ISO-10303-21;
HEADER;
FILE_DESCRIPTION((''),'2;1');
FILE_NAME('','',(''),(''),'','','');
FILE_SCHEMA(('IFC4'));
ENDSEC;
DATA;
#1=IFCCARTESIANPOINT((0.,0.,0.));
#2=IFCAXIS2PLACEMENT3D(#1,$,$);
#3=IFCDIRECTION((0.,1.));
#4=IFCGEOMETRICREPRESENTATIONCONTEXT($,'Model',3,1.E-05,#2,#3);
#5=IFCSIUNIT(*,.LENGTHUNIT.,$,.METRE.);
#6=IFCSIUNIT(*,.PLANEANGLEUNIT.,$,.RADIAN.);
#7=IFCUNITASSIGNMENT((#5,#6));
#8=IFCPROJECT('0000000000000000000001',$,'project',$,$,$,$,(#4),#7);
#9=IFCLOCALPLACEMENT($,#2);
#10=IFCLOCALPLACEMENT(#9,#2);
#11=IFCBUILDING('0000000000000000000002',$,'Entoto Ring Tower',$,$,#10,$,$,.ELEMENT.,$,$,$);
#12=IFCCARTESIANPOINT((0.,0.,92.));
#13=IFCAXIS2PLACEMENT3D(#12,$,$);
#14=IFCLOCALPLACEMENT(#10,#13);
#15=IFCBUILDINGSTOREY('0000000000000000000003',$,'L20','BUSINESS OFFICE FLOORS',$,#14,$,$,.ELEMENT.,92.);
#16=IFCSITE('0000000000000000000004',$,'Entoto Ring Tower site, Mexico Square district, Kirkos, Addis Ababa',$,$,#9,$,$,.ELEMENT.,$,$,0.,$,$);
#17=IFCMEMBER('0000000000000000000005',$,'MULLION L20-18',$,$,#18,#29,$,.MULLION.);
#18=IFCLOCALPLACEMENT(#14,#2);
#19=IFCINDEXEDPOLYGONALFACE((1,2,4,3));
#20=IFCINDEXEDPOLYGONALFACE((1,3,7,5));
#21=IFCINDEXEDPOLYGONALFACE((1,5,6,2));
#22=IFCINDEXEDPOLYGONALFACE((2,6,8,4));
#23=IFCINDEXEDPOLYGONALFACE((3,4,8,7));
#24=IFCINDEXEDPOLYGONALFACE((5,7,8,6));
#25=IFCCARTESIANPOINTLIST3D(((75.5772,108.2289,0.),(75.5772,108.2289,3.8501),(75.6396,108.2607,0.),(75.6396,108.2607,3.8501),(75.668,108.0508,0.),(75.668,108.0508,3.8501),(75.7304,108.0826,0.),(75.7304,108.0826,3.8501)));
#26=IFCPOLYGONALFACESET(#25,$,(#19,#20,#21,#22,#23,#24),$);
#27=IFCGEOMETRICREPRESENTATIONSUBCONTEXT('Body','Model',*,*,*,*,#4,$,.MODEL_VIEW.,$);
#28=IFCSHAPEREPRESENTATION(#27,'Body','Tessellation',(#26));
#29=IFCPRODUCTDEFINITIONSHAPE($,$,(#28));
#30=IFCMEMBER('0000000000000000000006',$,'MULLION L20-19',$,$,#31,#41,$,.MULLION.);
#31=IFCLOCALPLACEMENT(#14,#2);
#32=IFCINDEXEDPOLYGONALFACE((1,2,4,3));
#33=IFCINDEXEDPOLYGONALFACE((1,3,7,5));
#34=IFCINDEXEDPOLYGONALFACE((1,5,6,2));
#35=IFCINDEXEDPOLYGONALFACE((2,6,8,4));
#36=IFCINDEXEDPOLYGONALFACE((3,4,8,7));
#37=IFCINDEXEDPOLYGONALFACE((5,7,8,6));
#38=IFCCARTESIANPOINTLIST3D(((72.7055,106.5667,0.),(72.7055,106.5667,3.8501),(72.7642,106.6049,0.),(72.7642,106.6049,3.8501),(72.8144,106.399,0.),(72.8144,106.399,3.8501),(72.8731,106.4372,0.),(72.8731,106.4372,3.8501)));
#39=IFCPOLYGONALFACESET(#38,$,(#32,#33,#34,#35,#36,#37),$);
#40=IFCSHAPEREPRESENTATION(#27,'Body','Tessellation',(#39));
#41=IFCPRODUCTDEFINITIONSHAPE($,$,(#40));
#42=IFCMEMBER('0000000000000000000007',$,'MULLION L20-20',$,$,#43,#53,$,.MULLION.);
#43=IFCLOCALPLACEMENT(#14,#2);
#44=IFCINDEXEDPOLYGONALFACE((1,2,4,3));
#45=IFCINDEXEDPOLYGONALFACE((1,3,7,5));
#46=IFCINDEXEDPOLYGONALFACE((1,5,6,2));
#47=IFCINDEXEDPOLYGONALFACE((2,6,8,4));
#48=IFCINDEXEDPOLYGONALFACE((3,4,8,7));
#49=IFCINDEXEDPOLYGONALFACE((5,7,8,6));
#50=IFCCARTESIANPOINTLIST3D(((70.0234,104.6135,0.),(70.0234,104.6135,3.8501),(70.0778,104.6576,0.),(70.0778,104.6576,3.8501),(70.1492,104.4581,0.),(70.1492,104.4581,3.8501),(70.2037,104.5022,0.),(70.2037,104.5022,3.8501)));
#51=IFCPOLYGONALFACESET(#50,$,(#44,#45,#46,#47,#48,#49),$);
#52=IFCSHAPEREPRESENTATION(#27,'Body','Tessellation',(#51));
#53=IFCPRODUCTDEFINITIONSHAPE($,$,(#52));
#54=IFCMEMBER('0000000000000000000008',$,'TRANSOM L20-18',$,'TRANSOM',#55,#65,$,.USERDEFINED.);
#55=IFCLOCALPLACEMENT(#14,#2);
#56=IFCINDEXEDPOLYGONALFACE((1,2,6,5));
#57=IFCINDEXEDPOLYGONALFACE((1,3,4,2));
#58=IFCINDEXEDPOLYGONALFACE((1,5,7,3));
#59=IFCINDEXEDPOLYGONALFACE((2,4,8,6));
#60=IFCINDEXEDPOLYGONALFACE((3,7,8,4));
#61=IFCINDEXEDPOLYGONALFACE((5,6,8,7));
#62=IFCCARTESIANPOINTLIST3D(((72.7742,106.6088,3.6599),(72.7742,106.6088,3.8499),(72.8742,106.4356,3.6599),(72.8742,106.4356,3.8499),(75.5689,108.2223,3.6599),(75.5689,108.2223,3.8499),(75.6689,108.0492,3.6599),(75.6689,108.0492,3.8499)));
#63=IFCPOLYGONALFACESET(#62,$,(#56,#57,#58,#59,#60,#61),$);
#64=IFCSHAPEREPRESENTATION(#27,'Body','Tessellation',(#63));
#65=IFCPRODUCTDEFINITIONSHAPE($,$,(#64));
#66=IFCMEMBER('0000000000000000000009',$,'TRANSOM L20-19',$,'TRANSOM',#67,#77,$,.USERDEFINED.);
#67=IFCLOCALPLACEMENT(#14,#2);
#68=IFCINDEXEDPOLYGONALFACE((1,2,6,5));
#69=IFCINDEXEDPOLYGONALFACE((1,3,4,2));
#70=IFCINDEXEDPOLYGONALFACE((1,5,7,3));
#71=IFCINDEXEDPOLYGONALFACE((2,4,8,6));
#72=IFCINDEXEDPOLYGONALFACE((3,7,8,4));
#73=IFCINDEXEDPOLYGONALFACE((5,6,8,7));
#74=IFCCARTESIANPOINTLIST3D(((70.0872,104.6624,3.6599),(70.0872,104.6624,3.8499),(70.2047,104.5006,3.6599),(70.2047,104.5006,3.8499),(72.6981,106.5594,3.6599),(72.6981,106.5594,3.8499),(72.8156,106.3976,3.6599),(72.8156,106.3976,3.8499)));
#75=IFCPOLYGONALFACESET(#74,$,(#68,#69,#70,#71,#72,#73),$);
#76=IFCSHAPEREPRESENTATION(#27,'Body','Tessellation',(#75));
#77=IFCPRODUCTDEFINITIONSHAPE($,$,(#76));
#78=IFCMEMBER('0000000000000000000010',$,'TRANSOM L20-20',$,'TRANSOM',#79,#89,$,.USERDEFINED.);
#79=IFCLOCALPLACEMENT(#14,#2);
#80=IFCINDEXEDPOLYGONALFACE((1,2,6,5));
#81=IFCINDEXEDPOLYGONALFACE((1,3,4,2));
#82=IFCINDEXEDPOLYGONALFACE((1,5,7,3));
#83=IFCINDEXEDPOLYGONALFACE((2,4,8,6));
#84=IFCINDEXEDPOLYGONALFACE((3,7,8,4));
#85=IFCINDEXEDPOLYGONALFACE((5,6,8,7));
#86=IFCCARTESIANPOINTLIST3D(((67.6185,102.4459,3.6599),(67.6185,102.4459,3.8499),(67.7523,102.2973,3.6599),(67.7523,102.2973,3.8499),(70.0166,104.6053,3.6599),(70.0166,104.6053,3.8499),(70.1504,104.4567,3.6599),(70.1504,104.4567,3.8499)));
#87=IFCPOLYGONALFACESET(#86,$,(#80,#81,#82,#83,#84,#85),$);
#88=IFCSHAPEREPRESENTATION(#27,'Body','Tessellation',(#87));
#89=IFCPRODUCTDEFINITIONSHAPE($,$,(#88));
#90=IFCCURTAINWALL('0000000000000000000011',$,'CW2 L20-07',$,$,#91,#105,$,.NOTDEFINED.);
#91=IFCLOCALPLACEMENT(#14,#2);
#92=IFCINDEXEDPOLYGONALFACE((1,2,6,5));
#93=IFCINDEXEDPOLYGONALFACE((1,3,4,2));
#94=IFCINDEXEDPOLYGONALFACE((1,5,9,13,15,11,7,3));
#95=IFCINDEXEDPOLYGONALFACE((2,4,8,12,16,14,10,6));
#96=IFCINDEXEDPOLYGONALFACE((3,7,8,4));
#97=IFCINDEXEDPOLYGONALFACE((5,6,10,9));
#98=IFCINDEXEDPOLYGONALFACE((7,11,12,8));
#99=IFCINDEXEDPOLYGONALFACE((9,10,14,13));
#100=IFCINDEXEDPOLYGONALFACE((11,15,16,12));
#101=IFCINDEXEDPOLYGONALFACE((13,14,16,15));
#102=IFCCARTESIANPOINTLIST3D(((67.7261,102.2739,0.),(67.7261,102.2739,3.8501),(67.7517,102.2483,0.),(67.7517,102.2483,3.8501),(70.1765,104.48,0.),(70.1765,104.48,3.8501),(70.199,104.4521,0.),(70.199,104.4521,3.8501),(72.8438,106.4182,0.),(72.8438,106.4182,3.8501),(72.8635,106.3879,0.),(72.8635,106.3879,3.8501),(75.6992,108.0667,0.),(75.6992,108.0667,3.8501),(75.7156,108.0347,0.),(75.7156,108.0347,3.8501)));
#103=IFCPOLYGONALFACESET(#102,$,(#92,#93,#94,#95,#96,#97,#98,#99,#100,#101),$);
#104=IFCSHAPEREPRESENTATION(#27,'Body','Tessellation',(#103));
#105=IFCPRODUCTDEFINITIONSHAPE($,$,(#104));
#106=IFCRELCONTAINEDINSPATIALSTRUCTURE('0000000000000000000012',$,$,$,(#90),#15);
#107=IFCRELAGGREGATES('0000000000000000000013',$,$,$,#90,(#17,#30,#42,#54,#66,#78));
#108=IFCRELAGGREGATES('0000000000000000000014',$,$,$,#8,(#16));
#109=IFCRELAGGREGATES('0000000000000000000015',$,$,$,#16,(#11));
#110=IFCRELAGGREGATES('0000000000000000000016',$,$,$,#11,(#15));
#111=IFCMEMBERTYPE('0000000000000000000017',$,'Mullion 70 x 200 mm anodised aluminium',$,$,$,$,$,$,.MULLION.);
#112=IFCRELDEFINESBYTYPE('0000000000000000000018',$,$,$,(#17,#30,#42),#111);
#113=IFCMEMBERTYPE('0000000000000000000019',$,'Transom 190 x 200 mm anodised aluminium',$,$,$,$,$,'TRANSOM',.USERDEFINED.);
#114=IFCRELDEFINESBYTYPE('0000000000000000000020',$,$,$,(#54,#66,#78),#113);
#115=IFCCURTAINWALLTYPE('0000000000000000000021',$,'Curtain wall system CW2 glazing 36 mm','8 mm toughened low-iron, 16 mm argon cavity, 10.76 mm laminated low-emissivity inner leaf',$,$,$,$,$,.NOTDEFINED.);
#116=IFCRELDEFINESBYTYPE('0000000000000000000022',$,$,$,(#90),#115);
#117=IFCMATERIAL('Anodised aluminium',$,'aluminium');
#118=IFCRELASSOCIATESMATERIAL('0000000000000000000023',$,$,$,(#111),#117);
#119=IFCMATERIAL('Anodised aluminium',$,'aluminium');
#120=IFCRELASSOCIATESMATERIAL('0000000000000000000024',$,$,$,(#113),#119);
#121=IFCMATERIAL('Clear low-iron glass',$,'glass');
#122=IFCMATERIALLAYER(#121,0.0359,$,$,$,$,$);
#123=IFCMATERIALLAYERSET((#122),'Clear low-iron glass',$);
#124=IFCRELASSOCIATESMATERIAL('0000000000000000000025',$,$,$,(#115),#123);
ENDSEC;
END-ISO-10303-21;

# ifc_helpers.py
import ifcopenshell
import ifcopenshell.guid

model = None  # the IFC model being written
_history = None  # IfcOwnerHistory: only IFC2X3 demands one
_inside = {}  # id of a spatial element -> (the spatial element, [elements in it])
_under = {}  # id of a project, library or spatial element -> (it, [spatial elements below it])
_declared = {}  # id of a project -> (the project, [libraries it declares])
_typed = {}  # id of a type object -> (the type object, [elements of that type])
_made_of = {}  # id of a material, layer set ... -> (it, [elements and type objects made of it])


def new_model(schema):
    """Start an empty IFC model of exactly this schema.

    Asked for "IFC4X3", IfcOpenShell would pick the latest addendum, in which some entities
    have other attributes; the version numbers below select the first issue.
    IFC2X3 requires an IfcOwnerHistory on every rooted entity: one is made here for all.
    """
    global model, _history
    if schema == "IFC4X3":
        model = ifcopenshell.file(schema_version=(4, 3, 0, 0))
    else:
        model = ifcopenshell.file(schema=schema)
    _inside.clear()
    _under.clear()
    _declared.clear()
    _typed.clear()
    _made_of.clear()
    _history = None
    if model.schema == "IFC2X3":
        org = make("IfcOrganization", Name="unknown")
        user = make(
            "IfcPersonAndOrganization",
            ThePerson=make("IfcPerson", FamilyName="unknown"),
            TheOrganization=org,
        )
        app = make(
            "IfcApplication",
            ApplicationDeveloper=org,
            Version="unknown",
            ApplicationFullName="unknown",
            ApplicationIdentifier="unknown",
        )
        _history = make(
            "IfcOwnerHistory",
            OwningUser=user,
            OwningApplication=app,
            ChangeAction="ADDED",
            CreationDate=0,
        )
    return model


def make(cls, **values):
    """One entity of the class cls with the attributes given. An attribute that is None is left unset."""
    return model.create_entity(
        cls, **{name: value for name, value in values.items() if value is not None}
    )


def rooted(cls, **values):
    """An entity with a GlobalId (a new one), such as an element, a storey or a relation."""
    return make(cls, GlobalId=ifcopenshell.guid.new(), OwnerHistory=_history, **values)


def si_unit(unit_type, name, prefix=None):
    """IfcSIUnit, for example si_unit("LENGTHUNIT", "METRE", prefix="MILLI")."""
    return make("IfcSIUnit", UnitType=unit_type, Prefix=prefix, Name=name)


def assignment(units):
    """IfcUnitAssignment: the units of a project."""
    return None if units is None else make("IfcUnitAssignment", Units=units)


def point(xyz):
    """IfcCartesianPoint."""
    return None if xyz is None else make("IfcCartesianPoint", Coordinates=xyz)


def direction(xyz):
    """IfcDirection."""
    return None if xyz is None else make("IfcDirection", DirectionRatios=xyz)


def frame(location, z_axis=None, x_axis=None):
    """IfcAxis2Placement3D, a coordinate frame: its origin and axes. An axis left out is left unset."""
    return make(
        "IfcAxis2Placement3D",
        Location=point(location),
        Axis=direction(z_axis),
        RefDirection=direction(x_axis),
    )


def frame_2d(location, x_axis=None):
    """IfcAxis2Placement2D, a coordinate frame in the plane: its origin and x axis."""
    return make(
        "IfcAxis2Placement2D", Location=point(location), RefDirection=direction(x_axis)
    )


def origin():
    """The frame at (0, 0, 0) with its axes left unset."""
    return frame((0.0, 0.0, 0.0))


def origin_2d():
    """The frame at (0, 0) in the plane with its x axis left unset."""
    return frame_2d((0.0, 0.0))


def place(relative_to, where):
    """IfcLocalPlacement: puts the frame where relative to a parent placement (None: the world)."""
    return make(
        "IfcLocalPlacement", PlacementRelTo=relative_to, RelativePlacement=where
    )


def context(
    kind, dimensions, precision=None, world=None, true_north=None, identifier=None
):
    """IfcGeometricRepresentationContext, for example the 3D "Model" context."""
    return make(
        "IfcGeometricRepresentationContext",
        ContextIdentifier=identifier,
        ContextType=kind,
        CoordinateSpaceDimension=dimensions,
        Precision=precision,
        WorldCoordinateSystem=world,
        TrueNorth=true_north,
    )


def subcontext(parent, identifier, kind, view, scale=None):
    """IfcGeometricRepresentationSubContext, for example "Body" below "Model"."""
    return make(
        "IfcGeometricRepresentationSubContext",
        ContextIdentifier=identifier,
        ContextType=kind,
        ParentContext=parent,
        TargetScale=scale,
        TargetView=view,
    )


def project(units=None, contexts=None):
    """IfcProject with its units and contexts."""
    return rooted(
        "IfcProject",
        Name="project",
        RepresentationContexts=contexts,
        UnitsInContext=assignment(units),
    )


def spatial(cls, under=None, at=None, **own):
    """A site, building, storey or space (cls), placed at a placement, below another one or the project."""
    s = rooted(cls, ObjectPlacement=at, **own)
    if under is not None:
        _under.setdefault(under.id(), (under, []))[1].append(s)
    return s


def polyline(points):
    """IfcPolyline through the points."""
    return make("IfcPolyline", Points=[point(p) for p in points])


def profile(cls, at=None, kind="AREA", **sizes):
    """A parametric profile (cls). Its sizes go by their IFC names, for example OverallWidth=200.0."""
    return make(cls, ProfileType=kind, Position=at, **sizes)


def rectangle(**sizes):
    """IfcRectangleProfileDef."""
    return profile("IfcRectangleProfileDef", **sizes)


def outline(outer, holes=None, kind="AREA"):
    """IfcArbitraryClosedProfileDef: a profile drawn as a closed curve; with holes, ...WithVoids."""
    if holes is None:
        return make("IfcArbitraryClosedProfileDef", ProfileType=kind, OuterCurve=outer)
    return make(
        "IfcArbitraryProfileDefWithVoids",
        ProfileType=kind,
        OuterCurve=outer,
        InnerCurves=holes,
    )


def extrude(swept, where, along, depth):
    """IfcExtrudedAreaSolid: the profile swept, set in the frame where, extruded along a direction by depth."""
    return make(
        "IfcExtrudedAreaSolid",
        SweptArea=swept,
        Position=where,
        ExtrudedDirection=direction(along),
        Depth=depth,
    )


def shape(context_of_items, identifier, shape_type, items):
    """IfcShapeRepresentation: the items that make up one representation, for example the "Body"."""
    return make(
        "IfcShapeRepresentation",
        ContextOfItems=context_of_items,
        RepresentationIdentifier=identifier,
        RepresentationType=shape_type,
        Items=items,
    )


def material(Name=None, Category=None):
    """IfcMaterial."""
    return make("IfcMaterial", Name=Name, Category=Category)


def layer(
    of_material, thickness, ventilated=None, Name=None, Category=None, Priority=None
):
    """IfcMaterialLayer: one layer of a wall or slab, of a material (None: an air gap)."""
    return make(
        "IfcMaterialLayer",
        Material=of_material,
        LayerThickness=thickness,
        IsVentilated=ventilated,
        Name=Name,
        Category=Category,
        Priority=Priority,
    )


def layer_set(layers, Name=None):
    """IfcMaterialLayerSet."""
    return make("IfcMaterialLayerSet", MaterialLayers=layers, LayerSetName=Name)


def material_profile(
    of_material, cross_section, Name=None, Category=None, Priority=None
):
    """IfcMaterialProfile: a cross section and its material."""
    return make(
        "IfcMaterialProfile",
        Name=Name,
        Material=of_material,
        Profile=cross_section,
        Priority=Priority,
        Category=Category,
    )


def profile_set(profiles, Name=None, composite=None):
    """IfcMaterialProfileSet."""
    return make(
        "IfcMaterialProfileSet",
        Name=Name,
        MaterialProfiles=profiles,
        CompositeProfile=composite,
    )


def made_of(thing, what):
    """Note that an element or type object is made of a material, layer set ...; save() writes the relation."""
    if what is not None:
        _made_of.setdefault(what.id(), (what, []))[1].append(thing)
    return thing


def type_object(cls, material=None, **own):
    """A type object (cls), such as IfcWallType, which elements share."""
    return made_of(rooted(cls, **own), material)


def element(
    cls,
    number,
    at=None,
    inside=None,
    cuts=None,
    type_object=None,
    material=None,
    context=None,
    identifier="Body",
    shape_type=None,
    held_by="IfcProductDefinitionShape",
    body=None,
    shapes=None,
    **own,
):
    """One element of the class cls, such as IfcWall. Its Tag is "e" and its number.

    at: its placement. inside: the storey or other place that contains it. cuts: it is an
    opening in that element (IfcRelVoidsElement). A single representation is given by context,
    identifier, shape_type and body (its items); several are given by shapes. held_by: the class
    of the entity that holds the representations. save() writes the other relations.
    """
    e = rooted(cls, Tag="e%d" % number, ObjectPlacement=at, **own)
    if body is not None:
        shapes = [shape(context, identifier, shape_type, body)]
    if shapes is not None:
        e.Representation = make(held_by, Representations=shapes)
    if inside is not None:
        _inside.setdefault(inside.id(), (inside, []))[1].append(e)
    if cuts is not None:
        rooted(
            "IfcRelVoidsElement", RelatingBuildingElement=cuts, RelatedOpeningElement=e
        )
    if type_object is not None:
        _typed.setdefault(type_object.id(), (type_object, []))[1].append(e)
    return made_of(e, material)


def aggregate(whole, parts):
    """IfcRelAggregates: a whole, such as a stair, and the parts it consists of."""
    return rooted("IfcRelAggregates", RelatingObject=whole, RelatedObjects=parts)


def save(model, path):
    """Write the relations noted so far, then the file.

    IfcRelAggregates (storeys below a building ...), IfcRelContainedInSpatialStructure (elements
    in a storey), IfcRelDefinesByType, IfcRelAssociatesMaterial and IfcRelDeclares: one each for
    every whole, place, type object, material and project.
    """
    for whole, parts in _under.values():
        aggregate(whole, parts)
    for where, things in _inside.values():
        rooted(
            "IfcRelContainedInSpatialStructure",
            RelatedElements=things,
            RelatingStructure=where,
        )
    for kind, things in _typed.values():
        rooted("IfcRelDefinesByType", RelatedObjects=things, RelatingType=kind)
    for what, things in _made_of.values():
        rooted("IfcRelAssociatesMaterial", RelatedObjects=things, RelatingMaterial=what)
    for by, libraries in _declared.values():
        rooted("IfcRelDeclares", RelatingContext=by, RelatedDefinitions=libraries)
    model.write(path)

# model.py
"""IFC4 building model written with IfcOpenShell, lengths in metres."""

from ifc_helpers import new_model, si_unit, direction, frame, origin, origin_2d, place, context, subcontext, project, spatial, polyline, rectangle, outline, extrude, material, layer, layer_set, material_profile, profile_set, type_object, element, aggregate, save


model = new_model("IFC4")

# Units and contexts
model_context = context("Model", 3, precision=1e-05, world=origin(), true_north=direction((0.0, 1.0)))
body_context = subcontext(model_context, "Body", "Model", "MODEL_VIEW")
ifc_project = project(units=[si_unit("LENGTHUNIT", "METRE"), si_unit("PLANEANGLEUNIT", "RADIAN")], contexts=[model_context])

# Members
ifc_material_1 = material(Name="Anodised aluminium", Category="aluminium")
ifc_material_profile_1 = material_profile(ifc_material_1, rectangle(XDim=0.0701, YDim=0.2, at=origin_2d()), Name="Mullion 70 x 200 mm anodised aluminium")
ifc_profile_set_1 = profile_set([ifc_material_profile_1], Name="Anodised aluminium")
member_type_1 = type_object("IfcMemberType", Name="Mullion 70 x 200 mm anodised aluminium", PredefinedType="MULLION", material=ifc_profile_set_1)
site_placement = place(None, origin())
building_placement = place(site_placement, origin())
storey_placement = place(building_placement, frame((0.0, 0.0, 92.0)))
member_1_placement = place(storey_placement, frame((75.6538, 108.1558, 0.0), z_axis=(0.0, 0.0, 1.0), x_axis=(-0.891007, -0.45399, 0.0)))
member_1 = element("IfcMember", 1, at=member_1_placement, type_object=member_type_1, Name="MULLION L20-18", PredefinedType="MULLION", context=body_context, shape_type="SweptSolid", body=[
    extrude(rectangle(XDim=0.0701, YDim=0.2, at=origin_2d()), origin(), (0.0, 0.0, 1.0), 3.8501),
])
member_2_placement = place(storey_placement, frame((72.7893, 106.502, 0.0), z_axis=(0.0, 0.0, 1.0), x_axis=(-0.838671, -0.544639, 0.0)))
member_2 = element("IfcMember", 2, at=member_2_placement, type_object=member_type_1, Name="MULLION L20-19", PredefinedType="MULLION", context=body_context, shape_type="SweptSolid", body=[
    extrude(rectangle(XDim=0.0701, YDim=0.2, at=origin_2d()), origin(), (0.0, 0.0, 1.0), 3.8501),
])
member_3_placement = place(storey_placement, frame((70.1135, 104.5579, 0.0), z_axis=(0.0, 0.0, 1.0), x_axis=(-0.777146, -0.62932, 0.0)))
member_3 = element("IfcMember", 3, at=member_3_placement, type_object=member_type_1, Name="MULLION L20-20", PredefinedType="MULLION", context=body_context, shape_type="SweptSolid", body=[
    extrude(rectangle(XDim=0.0701, YDim=0.2, at=origin_2d()), origin(), (0.0, 0.0, 1.0), 3.8501),
])
ifc_material_2 = material(Name="Anodised aluminium", Category="aluminium")
ifc_material_profile_2 = material_profile(ifc_material_2, rectangle(XDim=0.2, YDim=0.1899, at=origin_2d()), Name="Transom 190 x 200 mm anodised aluminium")
ifc_profile_set_2 = profile_set([ifc_material_profile_2], Name="Anodised aluminium")
member_type_2 = type_object("IfcMemberType", Name="Transom 190 x 200 mm anodised aluminium", ElementType="TRANSOM", PredefinedType="USERDEFINED", material=ifc_profile_set_2)
member_4_placement = place(storey_placement, frame((75.6189, 108.1357, 3.7549), z_axis=(-0.866023, -0.500004, 0.0), x_axis=(0.500004, -0.866023, 0.0)))
member_4 = element("IfcMember", 4, at=member_4_placement, type_object=member_type_2, Name="TRANSOM L20-18", ObjectType="TRANSOM", PredefinedType="USERDEFINED", context=body_context, shape_type="SweptSolid", body=[
    extrude(rectangle(XDim=0.2, YDim=0.1899, at=origin_2d()), origin(), (0.0, 0.0, 1.0), 3.2271),
])
member_5_placement = place(storey_placement, frame((72.7568, 106.4785, 3.7549), z_axis=(-0.809004, -0.587803, 0.0), x_axis=(0.587803, -0.809004, 0.0)))
member_5 = element("IfcMember", 5, at=member_5_placement, type_object=member_type_2, Name="TRANSOM L20-19", ObjectType="TRANSOM", PredefinedType="USERDEFINED", context=body_context, shape_type="SweptSolid", body=[
    extrude(rectangle(XDim=0.2, YDim=0.1899, at=origin_2d()), origin(), (0.0, 0.0, 1.0), 3.2273),
])
member_6_placement = place(storey_placement, frame((70.0835, 104.531, 3.7549), z_axis=(-0.743132, -0.669144, 0.0), x_axis=(0.669144, -0.743132, 0.0)))
member_6 = element("IfcMember", 6, at=member_6_placement, type_object=member_type_2, Name="TRANSOM L20-20", ObjectType="TRANSOM", PredefinedType="USERDEFINED", context=body_context, shape_type="SweptSolid", body=[
    extrude(rectangle(XDim=0.2, YDim=0.1899, at=origin_2d()), origin(), (0.0, 0.0, 1.0), 3.2271),
])

# Site, building, storey
site = spatial("IfcSite", under=ifc_project, at=site_placement, Name="Entoto Ring Tower site, Mexico Square district, Kirkos, Addis Ababa", CompositionType="ELEMENT", RefElevation=0.0)
building = spatial("IfcBuilding", under=site, at=building_placement, Name="Entoto Ring Tower", CompositionType="ELEMENT")
storey = spatial("IfcBuildingStorey", under=building, at=storey_placement, Name="L20", Description="BUSINESS OFFICE FLOORS", CompositionType="ELEMENT", Elevation=92.0)

# Curtain wall
ifc_material_3 = material(Name="Clear low-iron glass", Category="glass")
ifc_layer = layer(ifc_material_3, 0.0359)
ifc_layer_set = layer_set([ifc_layer], Name="Clear low-iron glass")
curtain_wall_type = type_object("IfcCurtainWallType", Name="Curtain wall system CW2 glazing 36 mm", Description="8 mm toughened low-iron, 16 mm argon cavity, 10.76 mm laminated low-emissivity inner leaf", PredefinedType="NOTDEFINED", material=ifc_layer_set)
curtain_wall_1_placement = place(storey_placement, origin())
curtain_wall_1 = element("IfcCurtainWall", 7, at=curtain_wall_1_placement, inside=storey, type_object=curtain_wall_type, Name="CW2 L20-07", PredefinedType="NOTDEFINED", context=body_context, shape_type="SweptSolid", body=[
    extrude(outline(polyline([(75.6992, 108.0667), (72.8438, 106.4182), (70.1765, 104.48), (67.7261, 102.2739), (67.7517, 102.2483), (70.199, 104.4521), (72.8635, 106.3879), (75.7156, 108.0347), (75.6992, 108.0667)])), origin(), (0.0, 0.0, 1.0), 3.8501),
])
aggregate(curtain_wall_1, [member_1, member_2, member_3, member_4, member_5, member_6])

save(model, "model.ifc")
